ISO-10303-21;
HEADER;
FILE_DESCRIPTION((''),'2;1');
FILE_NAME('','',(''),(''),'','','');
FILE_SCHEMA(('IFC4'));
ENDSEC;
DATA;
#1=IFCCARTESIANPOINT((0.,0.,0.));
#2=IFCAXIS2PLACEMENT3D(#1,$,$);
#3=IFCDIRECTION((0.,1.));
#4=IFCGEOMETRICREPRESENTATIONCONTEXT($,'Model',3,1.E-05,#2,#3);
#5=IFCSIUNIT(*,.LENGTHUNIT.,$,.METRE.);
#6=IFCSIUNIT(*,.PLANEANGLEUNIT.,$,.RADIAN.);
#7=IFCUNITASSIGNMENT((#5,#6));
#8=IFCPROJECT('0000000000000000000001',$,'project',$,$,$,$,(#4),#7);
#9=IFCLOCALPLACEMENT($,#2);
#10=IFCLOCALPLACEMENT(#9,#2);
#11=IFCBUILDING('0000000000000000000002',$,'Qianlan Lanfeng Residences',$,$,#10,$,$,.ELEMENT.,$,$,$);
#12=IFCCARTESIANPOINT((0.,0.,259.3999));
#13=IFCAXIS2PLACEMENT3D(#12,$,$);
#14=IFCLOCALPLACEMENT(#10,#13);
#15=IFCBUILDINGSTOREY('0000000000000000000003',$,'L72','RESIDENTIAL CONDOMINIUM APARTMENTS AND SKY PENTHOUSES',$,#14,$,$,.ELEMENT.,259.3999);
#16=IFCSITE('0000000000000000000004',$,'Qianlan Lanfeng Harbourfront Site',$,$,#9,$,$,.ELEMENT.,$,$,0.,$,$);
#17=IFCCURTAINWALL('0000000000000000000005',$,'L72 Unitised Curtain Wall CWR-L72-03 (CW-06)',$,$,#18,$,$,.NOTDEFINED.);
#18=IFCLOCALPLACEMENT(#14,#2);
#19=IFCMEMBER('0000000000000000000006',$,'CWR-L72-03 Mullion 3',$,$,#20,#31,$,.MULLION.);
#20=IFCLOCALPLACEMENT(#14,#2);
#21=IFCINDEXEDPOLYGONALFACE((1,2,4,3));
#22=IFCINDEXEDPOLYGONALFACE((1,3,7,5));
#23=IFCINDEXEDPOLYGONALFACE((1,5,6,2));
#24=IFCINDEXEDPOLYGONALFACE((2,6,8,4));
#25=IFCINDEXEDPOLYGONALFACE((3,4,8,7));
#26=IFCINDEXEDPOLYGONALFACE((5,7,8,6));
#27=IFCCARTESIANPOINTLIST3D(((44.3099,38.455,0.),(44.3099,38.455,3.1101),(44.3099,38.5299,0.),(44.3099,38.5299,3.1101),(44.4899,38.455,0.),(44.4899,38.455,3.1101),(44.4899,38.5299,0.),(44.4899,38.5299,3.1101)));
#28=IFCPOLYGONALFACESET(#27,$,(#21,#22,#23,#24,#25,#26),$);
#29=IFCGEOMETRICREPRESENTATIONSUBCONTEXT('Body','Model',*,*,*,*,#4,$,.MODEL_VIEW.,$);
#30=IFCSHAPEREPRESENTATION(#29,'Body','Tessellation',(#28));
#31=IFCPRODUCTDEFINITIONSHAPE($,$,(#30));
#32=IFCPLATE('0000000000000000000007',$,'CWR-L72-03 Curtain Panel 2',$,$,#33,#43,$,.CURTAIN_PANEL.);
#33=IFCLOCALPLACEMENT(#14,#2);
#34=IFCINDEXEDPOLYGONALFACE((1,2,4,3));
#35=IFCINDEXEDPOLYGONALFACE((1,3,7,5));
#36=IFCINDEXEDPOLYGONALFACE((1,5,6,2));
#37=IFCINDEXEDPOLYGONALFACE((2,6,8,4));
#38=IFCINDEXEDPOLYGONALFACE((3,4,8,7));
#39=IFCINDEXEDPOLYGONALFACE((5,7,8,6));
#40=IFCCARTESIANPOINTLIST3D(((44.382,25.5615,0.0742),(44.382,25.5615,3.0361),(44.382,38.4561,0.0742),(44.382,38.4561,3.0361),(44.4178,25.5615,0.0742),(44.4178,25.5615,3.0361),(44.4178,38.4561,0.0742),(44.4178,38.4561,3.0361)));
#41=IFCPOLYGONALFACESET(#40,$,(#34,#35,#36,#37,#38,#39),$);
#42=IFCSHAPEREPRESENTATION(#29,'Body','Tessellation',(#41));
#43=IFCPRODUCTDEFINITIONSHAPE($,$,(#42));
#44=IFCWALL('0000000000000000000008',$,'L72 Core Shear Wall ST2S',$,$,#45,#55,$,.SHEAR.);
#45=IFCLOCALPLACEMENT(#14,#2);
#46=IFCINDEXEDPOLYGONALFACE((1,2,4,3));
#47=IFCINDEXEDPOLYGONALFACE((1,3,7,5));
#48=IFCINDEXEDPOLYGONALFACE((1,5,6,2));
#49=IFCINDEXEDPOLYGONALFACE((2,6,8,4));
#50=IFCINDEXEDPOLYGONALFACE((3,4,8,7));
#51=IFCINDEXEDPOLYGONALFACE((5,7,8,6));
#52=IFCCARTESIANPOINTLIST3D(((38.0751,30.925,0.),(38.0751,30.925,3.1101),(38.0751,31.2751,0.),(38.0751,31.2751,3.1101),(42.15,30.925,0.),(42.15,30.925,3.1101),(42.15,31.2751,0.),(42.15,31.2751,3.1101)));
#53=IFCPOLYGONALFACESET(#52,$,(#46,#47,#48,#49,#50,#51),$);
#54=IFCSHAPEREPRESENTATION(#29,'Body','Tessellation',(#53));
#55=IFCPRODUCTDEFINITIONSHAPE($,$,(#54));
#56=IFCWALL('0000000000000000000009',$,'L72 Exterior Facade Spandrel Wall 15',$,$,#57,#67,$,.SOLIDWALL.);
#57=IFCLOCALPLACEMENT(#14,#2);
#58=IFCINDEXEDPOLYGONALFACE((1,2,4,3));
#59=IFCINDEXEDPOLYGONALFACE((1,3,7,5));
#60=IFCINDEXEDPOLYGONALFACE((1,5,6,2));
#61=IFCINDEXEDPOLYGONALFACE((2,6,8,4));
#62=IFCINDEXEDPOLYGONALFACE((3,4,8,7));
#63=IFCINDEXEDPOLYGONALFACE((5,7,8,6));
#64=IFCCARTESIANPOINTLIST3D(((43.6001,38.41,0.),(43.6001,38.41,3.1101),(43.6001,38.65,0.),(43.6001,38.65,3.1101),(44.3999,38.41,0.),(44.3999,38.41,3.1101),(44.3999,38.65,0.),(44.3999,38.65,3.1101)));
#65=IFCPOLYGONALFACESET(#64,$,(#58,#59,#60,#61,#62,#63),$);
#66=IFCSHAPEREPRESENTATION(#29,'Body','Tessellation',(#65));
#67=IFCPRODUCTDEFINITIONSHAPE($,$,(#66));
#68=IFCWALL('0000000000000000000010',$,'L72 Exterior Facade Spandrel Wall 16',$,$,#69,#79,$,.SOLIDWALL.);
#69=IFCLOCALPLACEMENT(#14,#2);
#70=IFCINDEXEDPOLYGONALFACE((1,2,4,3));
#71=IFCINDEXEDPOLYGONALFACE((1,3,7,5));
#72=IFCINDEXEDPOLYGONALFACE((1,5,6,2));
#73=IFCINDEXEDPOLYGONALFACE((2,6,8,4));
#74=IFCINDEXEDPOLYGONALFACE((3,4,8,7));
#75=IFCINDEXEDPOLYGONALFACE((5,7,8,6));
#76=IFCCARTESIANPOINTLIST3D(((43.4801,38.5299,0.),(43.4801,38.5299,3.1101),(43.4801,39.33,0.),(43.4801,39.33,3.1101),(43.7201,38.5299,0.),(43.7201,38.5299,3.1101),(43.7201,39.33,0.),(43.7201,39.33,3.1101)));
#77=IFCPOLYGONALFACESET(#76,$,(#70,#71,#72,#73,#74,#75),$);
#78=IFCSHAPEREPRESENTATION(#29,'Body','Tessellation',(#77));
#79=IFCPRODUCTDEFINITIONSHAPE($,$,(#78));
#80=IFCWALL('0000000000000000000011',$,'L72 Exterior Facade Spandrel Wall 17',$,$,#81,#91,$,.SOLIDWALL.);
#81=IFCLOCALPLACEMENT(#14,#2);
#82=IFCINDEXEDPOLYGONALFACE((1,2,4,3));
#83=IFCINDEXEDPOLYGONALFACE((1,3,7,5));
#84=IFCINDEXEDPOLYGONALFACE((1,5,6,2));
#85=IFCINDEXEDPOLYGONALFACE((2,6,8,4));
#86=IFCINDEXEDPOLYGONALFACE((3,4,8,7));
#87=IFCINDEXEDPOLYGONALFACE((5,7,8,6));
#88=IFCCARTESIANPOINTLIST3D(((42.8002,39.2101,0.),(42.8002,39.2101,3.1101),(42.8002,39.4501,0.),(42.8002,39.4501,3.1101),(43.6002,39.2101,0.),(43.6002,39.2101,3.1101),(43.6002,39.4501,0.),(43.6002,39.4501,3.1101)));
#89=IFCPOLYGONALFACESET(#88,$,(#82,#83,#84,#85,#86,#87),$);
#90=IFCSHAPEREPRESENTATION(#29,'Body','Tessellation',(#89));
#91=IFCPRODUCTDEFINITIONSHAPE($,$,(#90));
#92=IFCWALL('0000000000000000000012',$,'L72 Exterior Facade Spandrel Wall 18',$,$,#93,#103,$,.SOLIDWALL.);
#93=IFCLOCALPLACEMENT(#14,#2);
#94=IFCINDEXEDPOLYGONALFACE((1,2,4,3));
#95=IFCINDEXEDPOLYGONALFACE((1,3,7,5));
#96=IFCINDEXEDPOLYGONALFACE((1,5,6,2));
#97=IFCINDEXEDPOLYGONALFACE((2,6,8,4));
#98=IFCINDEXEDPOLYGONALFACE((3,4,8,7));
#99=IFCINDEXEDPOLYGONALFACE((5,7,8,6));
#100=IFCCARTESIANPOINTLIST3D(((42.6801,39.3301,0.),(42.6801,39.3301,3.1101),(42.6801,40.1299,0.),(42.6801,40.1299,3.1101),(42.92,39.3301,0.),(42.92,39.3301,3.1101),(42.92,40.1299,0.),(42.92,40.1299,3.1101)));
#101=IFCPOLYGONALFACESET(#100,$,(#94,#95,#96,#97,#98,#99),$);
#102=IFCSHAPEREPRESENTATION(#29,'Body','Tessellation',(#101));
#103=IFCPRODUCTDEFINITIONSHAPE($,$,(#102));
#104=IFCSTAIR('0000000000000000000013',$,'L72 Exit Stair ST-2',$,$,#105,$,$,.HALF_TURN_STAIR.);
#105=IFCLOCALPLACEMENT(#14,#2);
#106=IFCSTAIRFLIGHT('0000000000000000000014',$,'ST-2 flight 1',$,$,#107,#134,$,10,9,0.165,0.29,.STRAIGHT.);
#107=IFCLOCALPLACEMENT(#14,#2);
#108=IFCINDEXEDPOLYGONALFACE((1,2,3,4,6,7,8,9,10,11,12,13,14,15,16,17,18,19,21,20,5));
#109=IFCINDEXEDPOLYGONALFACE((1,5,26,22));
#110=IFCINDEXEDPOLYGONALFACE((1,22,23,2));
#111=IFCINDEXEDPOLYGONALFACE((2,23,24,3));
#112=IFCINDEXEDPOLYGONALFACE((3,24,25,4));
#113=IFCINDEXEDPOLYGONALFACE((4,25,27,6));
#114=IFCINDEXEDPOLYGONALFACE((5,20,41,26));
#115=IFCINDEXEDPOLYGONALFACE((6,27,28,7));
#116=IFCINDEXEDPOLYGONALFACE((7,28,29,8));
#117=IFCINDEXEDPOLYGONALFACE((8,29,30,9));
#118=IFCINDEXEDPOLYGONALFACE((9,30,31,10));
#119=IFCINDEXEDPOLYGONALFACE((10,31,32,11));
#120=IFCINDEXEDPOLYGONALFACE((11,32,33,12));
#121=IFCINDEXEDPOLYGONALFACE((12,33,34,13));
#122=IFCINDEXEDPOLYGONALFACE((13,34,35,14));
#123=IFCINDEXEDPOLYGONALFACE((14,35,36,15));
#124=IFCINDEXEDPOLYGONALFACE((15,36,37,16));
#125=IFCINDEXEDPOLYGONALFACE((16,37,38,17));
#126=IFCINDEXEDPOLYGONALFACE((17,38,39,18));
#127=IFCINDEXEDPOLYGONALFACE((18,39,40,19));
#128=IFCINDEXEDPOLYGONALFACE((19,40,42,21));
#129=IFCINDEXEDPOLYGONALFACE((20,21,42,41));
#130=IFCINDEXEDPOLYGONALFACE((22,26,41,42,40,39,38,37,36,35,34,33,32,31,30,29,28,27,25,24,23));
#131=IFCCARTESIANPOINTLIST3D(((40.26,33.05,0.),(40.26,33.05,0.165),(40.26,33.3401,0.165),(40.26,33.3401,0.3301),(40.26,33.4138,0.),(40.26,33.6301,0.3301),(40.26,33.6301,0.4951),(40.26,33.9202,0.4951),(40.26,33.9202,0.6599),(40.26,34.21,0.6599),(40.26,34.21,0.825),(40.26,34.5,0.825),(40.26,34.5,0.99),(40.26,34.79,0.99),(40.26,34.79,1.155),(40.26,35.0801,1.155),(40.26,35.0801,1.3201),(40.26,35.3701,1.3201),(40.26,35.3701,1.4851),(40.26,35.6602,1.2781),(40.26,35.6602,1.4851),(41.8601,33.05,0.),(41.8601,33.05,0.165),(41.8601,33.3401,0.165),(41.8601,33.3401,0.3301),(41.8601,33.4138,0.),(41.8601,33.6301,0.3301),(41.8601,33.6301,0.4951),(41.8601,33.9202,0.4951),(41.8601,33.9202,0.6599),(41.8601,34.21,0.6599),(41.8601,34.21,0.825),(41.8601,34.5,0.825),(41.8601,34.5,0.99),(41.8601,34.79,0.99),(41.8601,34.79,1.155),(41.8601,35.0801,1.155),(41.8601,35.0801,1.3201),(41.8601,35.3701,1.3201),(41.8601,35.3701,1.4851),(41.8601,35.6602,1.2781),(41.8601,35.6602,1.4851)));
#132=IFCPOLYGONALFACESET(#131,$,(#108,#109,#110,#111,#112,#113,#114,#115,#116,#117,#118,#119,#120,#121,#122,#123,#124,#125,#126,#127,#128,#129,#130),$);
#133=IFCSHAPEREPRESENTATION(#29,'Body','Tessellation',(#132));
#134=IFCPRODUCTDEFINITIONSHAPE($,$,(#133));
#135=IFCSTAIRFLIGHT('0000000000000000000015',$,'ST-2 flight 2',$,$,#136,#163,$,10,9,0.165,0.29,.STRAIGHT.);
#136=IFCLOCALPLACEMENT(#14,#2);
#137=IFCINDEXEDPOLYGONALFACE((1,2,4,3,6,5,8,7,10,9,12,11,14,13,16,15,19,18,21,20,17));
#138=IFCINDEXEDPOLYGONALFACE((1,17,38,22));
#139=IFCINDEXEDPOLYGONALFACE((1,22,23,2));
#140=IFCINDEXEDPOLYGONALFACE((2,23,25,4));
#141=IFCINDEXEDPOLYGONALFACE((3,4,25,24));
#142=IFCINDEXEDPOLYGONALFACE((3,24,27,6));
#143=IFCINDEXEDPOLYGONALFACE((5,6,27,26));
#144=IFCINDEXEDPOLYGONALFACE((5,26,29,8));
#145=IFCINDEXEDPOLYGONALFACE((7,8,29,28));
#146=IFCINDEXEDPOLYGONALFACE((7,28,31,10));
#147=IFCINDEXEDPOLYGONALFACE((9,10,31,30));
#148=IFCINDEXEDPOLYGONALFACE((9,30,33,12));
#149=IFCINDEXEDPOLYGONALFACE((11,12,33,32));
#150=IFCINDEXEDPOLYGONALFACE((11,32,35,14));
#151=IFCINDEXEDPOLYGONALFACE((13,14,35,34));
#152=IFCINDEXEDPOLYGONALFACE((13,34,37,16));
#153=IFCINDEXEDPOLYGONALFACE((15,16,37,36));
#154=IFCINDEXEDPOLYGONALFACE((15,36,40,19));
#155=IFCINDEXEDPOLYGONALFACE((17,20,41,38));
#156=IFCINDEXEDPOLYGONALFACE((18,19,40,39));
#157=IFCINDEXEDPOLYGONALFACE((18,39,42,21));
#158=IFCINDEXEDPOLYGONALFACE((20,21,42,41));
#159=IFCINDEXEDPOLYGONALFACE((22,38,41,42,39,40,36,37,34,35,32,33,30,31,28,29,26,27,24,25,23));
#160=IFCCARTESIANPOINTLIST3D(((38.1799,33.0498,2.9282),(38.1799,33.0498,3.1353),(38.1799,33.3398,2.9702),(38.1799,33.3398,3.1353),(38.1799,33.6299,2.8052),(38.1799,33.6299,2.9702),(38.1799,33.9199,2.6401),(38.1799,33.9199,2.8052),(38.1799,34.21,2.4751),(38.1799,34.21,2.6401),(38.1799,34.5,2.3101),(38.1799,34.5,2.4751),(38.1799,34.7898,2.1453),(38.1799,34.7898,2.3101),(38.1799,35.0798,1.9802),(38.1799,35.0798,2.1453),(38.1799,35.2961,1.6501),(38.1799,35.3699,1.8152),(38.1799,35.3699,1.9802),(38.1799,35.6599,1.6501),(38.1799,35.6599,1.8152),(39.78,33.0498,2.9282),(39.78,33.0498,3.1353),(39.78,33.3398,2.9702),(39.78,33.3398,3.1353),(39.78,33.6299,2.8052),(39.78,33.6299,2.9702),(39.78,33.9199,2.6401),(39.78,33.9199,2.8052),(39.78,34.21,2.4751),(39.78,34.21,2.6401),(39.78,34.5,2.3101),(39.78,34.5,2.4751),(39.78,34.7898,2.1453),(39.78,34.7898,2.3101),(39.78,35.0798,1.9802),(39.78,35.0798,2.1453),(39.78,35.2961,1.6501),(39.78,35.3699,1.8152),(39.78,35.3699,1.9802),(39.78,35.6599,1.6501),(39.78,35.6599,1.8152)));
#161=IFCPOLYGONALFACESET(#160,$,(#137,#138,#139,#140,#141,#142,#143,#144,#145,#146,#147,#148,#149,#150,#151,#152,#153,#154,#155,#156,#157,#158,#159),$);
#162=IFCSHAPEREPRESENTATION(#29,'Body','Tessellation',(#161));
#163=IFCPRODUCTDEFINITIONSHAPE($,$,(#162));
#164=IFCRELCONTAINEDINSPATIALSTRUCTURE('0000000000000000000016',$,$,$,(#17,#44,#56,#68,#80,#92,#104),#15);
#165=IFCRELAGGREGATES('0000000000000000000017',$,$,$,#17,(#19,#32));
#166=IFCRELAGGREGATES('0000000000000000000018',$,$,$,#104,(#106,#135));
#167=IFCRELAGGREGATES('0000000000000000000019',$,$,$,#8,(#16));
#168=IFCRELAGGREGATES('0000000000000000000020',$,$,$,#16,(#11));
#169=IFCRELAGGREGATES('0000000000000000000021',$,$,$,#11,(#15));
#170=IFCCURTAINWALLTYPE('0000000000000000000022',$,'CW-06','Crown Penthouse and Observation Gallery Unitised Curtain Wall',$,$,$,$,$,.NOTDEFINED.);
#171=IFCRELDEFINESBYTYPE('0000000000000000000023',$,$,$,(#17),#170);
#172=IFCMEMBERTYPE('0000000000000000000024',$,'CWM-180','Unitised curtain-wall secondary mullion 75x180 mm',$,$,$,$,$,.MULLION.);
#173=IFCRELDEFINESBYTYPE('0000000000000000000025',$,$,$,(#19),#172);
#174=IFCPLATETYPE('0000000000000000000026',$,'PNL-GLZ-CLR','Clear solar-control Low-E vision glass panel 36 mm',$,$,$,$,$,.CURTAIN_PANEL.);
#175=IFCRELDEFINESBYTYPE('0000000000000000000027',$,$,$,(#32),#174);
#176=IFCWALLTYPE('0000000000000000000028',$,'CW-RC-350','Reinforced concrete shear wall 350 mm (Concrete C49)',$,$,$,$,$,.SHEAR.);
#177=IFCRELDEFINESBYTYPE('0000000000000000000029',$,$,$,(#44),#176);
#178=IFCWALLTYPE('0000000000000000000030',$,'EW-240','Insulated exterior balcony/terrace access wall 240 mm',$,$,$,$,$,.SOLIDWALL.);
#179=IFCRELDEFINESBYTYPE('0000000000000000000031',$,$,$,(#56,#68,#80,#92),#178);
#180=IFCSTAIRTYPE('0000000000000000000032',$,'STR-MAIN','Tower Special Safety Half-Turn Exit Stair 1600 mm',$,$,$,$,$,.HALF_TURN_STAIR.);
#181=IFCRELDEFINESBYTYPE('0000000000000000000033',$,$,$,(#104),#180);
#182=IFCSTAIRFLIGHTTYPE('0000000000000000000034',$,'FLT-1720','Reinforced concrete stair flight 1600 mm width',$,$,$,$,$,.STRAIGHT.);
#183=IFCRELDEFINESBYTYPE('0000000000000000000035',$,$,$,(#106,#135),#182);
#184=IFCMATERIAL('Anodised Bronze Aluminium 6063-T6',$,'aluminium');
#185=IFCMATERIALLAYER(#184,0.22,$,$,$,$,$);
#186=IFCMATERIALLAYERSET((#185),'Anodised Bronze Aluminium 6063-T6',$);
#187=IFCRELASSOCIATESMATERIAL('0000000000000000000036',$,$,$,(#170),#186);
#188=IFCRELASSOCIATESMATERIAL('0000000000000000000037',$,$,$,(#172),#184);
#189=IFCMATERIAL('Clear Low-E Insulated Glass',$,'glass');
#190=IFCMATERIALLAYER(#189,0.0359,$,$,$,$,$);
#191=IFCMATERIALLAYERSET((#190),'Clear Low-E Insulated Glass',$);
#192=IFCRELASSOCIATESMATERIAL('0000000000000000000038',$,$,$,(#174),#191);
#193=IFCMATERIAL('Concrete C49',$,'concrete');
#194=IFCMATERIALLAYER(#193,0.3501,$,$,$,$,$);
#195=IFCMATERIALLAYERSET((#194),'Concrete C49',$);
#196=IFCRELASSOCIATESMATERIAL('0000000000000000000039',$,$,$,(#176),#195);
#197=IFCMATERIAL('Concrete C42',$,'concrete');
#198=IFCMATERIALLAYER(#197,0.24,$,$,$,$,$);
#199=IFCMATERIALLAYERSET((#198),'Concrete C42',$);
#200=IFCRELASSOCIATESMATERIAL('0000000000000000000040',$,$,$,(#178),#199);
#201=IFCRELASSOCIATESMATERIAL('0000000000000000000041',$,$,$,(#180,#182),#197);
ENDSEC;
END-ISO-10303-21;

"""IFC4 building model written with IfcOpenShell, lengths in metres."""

from ifc_helpers import new_model, si_unit, direction, frame, frame_2d, origin, origin_2d, place, context, subcontext, project, spatial, polyline, rectangle, outline, extrude, source, transform, mapped, material, layer, layer_set, material_profile, profile_set, type_object, element, aggregate, save


model = new_model("IFC4")

# Units and contexts
model_context = context("Model", 3, precision=1e-05, world=origin(), true_north=direction((0.0, 1.0)))
body_context = subcontext(model_context, "Body", "Model", "MODEL_VIEW")
ifc_project = project(units=[si_unit("LENGTHUNIT", "METRE"), si_unit("PLANEANGLEUNIT", "RADIAN")], contexts=[model_context])

# Site, building, storey
site_placement = place(None, origin())
site = spatial("IfcSite", under=ifc_project, at=site_placement, Name="Qianlan Lanfeng Harbourfront Site", CompositionType="ELEMENT", RefElevation=0.0)
building_placement = place(site_placement, origin())
building = spatial("IfcBuilding", under=site, at=building_placement, Name="Qianlan Lanfeng Residences", CompositionType="ELEMENT")
storey_placement = place(building_placement, frame((0.0, 0.0, 259.3999)))
storey = spatial("IfcBuildingStorey", under=building, at=storey_placement, Name="L72", Description="RESIDENTIAL CONDOMINIUM APARTMENTS AND SKY PENTHOUSES", CompositionType="ELEMENT", Elevation=259.3999)

# Curtain wall, member, plate
ifc_material_1 = material(Name="Anodised Bronze Aluminium 6063-T6", Category="aluminium")
ifc_layer_1 = layer(ifc_material_1, 0.22)
ifc_layer_set_1 = layer_set([ifc_layer_1], Name="Anodised Bronze Aluminium 6063-T6")
curtain_wall_type = type_object("IfcCurtainWallType", Name="CW-06", Description="Crown Penthouse and Observation Gallery Unitised Curtain Wall", PredefinedType="NOTDEFINED", material=ifc_layer_set_1)
curtain_wall_placement = place(storey_placement, origin())
curtain_wall = element("IfcCurtainWall", 1, at=curtain_wall_placement, inside=storey, type_object=curtain_wall_type, Name="L72 Unitised Curtain Wall CWR-L72-03 (CW-06)", PredefinedType="NOTDEFINED")
ifc_material_profile = material_profile(ifc_material_1, rectangle(XDim=0.075, YDim=0.1799, at=origin_2d()), Name="ALU MULLION 75x180")
ifc_profile_set = profile_set([ifc_material_profile], Name="Anodised Bronze Aluminium 6063-T6")
member_type = type_object("IfcMemberType", Name="CWM-180", Description="Unitised curtain-wall secondary mullion 75x180 mm", PredefinedType="MULLION", material=ifc_profile_set)
shared_shape_1 = source(origin(), body_context, "Body", "SweptSolid", [
    extrude(rectangle(XDim=0.075, YDim=0.1799, at=origin_2d()), origin(), (0.0, 0.0, 1.0), 3.1101),
])
member_placement = place(storey_placement, frame((44.3999, 38.4924, 0.0), z_axis=(0.0, 0.0, 1.0), x_axis=(0.0, 1.0, 0.0)))
member = element("IfcMember", 2, at=member_placement, type_object=member_type, Name="CWR-L72-03 Mullion 3", PredefinedType="MULLION", context=body_context, shape_type="MappedRepresentation", body=[
    mapped(shared_shape_1, transform((0.0, 0.0, 0.0), scale=1.0)),
])
ifc_material_2 = material(Name="Clear Low-E Insulated Glass", Category="glass")
ifc_layer_2 = layer(ifc_material_2, 0.0359)
ifc_layer_set_2 = layer_set([ifc_layer_2], Name="Clear Low-E Insulated Glass")
plate_type = type_object("IfcPlateType", Name="PNL-GLZ-CLR", Description="Clear solar-control Low-E vision glass panel 36 mm", PredefinedType="CURTAIN_PANEL", material=ifc_layer_set_2)
shared_shape_2 = source(origin(), body_context, "Body", "SweptSolid", [
    extrude(rectangle(XDim=12.8945, YDim=0.0359, at=origin_2d()), origin(), (0.0, 0.0, 1.0), 2.9619),
])
plate_placement = place(storey_placement, frame((44.3999, 32.0088, 0.0742), z_axis=(0.0, 0.0, 1.0), x_axis=(0.0, 1.0, 0.0)))
plate = element("IfcPlate", 3, at=plate_placement, type_object=plate_type, Name="CWR-L72-03 Curtain Panel 2", PredefinedType="CURTAIN_PANEL", context=body_context, shape_type="MappedRepresentation", body=[
    mapped(shared_shape_2, transform((0.0, 0.0, 0.0), scale=1.0)),
])
aggregate(curtain_wall, [member, plate])

# Walls
ifc_material_3 = material(Name="Concrete C49", Category="concrete")
ifc_layer_3 = layer(ifc_material_3, 0.3501)
ifc_layer_set_3 = layer_set([ifc_layer_3], Name="Concrete C49")
wall_type_1 = type_object("IfcWallType", Name="CW-RC-350", Description="Reinforced concrete shear wall 350 mm (Concrete C49)", PredefinedType="SHEAR", material=ifc_layer_set_3)
wall_1_placement = place(storey_placement, frame((38.075, 31.1001, 0.0), z_axis=(0.0, 0.0, 1.0), x_axis=(1.0, 0.0, 0.0)))
element("IfcWall", 4, at=wall_1_placement, inside=storey, type_object=wall_type_1, Name="L72 Core Shear Wall ST2S", PredefinedType="SHEAR", context=body_context, shape_type="SweptSolid", body=[
    extrude(rectangle(XDim=4.075, YDim=0.3501, at=frame_2d((2.0376, 0.0))), origin(), (0.0, 0.0, 1.0), 3.1101),
])
ifc_material_4 = material(Name="Concrete C42", Category="concrete")
ifc_layer_4 = layer(ifc_material_4, 0.24)
ifc_layer_set_4 = layer_set([ifc_layer_4], Name="Concrete C42")
wall_type_2 = type_object("IfcWallType", Name="EW-240", Description="Insulated exterior balcony/terrace access wall 240 mm", PredefinedType="SOLIDWALL", material=ifc_layer_set_4)
wall_2_placement = place(storey_placement, frame((44.3999, 38.53, 0.0), z_axis=(0.0, 0.0, 1.0), x_axis=(-1.0, 0.0, 0.0)))
element("IfcWall", 5, at=wall_2_placement, inside=storey, type_object=wall_type_2, Name="L72 Exterior Facade Spandrel Wall 15", PredefinedType="SOLIDWALL", context=body_context, shape_type="SweptSolid", body=[
    extrude(rectangle(XDim=0.7998, YDim=0.24, at=frame_2d((0.3999, 0.0))), origin(), (0.0, 0.0, 1.0), 3.1101),
])
for number, where, z_axis, x_axis, name in (
    (6, (43.6001, 38.53, 0.0), (0.0, 0.0, 1.0), (0.0, 1.0, 0.0), "L72 Exterior Facade Spandrel Wall 16"),
    (7, (43.6001, 39.3301, 0.0), (0.0, 0.0, 1.0), (-1.0, 0.0, 0.0), "L72 Exterior Facade Spandrel Wall 17"),
):
    element("IfcWall", number, at=place(storey_placement, frame(where, z_axis=z_axis, x_axis=x_axis)), inside=storey, type_object=wall_type_2, Name=name, PredefinedType="SOLIDWALL", context=body_context, shape_type="SweptSolid", body=[
        extrude(rectangle(XDim=0.8, YDim=0.24, at=frame_2d((0.3999, 0.0))), origin(), (0.0, 0.0, 1.0), 3.1101),
    ])
wall_3_placement = place(storey_placement, frame((42.8, 39.3301, 0.0), z_axis=(0.0, 0.0, 1.0), x_axis=(0.0, 1.0, 0.0)))
element("IfcWall", 8, at=wall_3_placement, inside=storey, type_object=wall_type_2, Name="L72 Exterior Facade Spandrel Wall 18", PredefinedType="SOLIDWALL", context=body_context, shape_type="SweptSolid", body=[
    extrude(rectangle(XDim=0.7998, YDim=0.24, at=frame_2d((0.3999, 0.0))), origin(), (0.0, 0.0, 1.0), 3.1101),
])

# Stair, stair flights
stair_type = type_object("IfcStairType", Name="STR-MAIN", Description="Tower Special Safety Half-Turn Exit Stair 1600 mm", PredefinedType="HALF_TURN_STAIR", material=ifc_material_4)
stair_placement = place(storey_placement, origin())
stair = element("IfcStair", 9, at=stair_placement, inside=storey, type_object=stair_type, Name="L72 Exit Stair ST-2", PredefinedType="HALF_TURN_STAIR")
stair_flight_type = type_object("IfcStairFlightType", Name="FLT-1720", Description="Reinforced concrete stair flight 1600 mm width", PredefinedType="STRAIGHT", material=ifc_material_4)
stair_flight_1_placement = place(storey_placement, frame((41.0601, 33.05, 0.0), z_axis=(0.0, 0.0, 1.0), x_axis=(0.0, 1.0, 0.0)))
stair_flight_1 = element("IfcStairFlight", 10, at=stair_flight_1_placement, type_object=stair_flight_type, Name="ST-2 flight 1", NumberOfRisers=10, NumberOfTreads=9, PredefinedType="STRAIGHT", RiserHeight=0.165, TreadLength=0.29, context=body_context, shape_type="SweptSolid", body=[
    extrude(outline(polyline([(0.0, 0.0), (0.0, 0.165), (0.29, 0.165), (0.29, 0.3301), (0.5801, 0.3301), (0.5801, 0.4951), (0.8701, 0.4951), (0.8701, 0.6599), (1.1599, 0.6599), (1.1599, 0.825), (1.45, 0.825), (1.45, 0.99), (1.74, 0.99), (1.74, 1.155), (2.03, 1.155), (2.03, 1.3201), (2.3201, 1.3201), (2.3201, 1.4851), (2.6101, 1.4851), (2.6101, 1.6499), (2.6101, 1.2781), (0.3638, 0.0), (0.0, 0.0)])), frame((0.0, 0.8, 0.0), z_axis=(0.0, -1.0, 0.0), x_axis=(1.0, 0.0, 0.0)), (0.0, 0.0, 1.0), 1.6001),
])
stair_flight_2_placement = place(storey_placement, frame((38.98, 35.6599, 1.6501), z_axis=(0.0, 0.0, 1.0), x_axis=(0.0, -1.0, 0.0)))
stair_flight_2 = element("IfcStairFlight", 11, at=stair_flight_2_placement, type_object=stair_flight_type, Name="ST-2 flight 2", NumberOfRisers=10, NumberOfTreads=9, PredefinedType="STRAIGHT", RiserHeight=0.165, TreadLength=0.29, context=body_context, shape_type="SweptSolid", body=[
    extrude(outline(polyline([(0.0, 0.0), (0.0, 0.165), (0.29, 0.165), (0.29, 0.3301), (0.5801, 0.3301), (0.5801, 0.4951), (0.8701, 0.4951), (0.8701, 0.6599), (1.1599, 0.6599), (1.1599, 0.825), (1.45, 0.825), (1.45, 0.99), (1.74, 0.99), (1.74, 1.155), (2.03, 1.155), (2.03, 1.3201), (2.3201, 1.3201), (2.3201, 1.4851), (2.6101, 1.4851), (2.6101, 1.6499), (2.6101, 1.2781), (0.3638, 0.0), (0.0, 0.0)])), frame((0.0, 0.8, 0.0), z_axis=(0.0, -1.0, 0.0), x_axis=(1.0, 0.0, 0.0)), (0.0, 0.0, 1.0), 1.6001),
])
aggregate(stair, [stair_flight_1, stair_flight_2])

save(model, "model.ifc")
